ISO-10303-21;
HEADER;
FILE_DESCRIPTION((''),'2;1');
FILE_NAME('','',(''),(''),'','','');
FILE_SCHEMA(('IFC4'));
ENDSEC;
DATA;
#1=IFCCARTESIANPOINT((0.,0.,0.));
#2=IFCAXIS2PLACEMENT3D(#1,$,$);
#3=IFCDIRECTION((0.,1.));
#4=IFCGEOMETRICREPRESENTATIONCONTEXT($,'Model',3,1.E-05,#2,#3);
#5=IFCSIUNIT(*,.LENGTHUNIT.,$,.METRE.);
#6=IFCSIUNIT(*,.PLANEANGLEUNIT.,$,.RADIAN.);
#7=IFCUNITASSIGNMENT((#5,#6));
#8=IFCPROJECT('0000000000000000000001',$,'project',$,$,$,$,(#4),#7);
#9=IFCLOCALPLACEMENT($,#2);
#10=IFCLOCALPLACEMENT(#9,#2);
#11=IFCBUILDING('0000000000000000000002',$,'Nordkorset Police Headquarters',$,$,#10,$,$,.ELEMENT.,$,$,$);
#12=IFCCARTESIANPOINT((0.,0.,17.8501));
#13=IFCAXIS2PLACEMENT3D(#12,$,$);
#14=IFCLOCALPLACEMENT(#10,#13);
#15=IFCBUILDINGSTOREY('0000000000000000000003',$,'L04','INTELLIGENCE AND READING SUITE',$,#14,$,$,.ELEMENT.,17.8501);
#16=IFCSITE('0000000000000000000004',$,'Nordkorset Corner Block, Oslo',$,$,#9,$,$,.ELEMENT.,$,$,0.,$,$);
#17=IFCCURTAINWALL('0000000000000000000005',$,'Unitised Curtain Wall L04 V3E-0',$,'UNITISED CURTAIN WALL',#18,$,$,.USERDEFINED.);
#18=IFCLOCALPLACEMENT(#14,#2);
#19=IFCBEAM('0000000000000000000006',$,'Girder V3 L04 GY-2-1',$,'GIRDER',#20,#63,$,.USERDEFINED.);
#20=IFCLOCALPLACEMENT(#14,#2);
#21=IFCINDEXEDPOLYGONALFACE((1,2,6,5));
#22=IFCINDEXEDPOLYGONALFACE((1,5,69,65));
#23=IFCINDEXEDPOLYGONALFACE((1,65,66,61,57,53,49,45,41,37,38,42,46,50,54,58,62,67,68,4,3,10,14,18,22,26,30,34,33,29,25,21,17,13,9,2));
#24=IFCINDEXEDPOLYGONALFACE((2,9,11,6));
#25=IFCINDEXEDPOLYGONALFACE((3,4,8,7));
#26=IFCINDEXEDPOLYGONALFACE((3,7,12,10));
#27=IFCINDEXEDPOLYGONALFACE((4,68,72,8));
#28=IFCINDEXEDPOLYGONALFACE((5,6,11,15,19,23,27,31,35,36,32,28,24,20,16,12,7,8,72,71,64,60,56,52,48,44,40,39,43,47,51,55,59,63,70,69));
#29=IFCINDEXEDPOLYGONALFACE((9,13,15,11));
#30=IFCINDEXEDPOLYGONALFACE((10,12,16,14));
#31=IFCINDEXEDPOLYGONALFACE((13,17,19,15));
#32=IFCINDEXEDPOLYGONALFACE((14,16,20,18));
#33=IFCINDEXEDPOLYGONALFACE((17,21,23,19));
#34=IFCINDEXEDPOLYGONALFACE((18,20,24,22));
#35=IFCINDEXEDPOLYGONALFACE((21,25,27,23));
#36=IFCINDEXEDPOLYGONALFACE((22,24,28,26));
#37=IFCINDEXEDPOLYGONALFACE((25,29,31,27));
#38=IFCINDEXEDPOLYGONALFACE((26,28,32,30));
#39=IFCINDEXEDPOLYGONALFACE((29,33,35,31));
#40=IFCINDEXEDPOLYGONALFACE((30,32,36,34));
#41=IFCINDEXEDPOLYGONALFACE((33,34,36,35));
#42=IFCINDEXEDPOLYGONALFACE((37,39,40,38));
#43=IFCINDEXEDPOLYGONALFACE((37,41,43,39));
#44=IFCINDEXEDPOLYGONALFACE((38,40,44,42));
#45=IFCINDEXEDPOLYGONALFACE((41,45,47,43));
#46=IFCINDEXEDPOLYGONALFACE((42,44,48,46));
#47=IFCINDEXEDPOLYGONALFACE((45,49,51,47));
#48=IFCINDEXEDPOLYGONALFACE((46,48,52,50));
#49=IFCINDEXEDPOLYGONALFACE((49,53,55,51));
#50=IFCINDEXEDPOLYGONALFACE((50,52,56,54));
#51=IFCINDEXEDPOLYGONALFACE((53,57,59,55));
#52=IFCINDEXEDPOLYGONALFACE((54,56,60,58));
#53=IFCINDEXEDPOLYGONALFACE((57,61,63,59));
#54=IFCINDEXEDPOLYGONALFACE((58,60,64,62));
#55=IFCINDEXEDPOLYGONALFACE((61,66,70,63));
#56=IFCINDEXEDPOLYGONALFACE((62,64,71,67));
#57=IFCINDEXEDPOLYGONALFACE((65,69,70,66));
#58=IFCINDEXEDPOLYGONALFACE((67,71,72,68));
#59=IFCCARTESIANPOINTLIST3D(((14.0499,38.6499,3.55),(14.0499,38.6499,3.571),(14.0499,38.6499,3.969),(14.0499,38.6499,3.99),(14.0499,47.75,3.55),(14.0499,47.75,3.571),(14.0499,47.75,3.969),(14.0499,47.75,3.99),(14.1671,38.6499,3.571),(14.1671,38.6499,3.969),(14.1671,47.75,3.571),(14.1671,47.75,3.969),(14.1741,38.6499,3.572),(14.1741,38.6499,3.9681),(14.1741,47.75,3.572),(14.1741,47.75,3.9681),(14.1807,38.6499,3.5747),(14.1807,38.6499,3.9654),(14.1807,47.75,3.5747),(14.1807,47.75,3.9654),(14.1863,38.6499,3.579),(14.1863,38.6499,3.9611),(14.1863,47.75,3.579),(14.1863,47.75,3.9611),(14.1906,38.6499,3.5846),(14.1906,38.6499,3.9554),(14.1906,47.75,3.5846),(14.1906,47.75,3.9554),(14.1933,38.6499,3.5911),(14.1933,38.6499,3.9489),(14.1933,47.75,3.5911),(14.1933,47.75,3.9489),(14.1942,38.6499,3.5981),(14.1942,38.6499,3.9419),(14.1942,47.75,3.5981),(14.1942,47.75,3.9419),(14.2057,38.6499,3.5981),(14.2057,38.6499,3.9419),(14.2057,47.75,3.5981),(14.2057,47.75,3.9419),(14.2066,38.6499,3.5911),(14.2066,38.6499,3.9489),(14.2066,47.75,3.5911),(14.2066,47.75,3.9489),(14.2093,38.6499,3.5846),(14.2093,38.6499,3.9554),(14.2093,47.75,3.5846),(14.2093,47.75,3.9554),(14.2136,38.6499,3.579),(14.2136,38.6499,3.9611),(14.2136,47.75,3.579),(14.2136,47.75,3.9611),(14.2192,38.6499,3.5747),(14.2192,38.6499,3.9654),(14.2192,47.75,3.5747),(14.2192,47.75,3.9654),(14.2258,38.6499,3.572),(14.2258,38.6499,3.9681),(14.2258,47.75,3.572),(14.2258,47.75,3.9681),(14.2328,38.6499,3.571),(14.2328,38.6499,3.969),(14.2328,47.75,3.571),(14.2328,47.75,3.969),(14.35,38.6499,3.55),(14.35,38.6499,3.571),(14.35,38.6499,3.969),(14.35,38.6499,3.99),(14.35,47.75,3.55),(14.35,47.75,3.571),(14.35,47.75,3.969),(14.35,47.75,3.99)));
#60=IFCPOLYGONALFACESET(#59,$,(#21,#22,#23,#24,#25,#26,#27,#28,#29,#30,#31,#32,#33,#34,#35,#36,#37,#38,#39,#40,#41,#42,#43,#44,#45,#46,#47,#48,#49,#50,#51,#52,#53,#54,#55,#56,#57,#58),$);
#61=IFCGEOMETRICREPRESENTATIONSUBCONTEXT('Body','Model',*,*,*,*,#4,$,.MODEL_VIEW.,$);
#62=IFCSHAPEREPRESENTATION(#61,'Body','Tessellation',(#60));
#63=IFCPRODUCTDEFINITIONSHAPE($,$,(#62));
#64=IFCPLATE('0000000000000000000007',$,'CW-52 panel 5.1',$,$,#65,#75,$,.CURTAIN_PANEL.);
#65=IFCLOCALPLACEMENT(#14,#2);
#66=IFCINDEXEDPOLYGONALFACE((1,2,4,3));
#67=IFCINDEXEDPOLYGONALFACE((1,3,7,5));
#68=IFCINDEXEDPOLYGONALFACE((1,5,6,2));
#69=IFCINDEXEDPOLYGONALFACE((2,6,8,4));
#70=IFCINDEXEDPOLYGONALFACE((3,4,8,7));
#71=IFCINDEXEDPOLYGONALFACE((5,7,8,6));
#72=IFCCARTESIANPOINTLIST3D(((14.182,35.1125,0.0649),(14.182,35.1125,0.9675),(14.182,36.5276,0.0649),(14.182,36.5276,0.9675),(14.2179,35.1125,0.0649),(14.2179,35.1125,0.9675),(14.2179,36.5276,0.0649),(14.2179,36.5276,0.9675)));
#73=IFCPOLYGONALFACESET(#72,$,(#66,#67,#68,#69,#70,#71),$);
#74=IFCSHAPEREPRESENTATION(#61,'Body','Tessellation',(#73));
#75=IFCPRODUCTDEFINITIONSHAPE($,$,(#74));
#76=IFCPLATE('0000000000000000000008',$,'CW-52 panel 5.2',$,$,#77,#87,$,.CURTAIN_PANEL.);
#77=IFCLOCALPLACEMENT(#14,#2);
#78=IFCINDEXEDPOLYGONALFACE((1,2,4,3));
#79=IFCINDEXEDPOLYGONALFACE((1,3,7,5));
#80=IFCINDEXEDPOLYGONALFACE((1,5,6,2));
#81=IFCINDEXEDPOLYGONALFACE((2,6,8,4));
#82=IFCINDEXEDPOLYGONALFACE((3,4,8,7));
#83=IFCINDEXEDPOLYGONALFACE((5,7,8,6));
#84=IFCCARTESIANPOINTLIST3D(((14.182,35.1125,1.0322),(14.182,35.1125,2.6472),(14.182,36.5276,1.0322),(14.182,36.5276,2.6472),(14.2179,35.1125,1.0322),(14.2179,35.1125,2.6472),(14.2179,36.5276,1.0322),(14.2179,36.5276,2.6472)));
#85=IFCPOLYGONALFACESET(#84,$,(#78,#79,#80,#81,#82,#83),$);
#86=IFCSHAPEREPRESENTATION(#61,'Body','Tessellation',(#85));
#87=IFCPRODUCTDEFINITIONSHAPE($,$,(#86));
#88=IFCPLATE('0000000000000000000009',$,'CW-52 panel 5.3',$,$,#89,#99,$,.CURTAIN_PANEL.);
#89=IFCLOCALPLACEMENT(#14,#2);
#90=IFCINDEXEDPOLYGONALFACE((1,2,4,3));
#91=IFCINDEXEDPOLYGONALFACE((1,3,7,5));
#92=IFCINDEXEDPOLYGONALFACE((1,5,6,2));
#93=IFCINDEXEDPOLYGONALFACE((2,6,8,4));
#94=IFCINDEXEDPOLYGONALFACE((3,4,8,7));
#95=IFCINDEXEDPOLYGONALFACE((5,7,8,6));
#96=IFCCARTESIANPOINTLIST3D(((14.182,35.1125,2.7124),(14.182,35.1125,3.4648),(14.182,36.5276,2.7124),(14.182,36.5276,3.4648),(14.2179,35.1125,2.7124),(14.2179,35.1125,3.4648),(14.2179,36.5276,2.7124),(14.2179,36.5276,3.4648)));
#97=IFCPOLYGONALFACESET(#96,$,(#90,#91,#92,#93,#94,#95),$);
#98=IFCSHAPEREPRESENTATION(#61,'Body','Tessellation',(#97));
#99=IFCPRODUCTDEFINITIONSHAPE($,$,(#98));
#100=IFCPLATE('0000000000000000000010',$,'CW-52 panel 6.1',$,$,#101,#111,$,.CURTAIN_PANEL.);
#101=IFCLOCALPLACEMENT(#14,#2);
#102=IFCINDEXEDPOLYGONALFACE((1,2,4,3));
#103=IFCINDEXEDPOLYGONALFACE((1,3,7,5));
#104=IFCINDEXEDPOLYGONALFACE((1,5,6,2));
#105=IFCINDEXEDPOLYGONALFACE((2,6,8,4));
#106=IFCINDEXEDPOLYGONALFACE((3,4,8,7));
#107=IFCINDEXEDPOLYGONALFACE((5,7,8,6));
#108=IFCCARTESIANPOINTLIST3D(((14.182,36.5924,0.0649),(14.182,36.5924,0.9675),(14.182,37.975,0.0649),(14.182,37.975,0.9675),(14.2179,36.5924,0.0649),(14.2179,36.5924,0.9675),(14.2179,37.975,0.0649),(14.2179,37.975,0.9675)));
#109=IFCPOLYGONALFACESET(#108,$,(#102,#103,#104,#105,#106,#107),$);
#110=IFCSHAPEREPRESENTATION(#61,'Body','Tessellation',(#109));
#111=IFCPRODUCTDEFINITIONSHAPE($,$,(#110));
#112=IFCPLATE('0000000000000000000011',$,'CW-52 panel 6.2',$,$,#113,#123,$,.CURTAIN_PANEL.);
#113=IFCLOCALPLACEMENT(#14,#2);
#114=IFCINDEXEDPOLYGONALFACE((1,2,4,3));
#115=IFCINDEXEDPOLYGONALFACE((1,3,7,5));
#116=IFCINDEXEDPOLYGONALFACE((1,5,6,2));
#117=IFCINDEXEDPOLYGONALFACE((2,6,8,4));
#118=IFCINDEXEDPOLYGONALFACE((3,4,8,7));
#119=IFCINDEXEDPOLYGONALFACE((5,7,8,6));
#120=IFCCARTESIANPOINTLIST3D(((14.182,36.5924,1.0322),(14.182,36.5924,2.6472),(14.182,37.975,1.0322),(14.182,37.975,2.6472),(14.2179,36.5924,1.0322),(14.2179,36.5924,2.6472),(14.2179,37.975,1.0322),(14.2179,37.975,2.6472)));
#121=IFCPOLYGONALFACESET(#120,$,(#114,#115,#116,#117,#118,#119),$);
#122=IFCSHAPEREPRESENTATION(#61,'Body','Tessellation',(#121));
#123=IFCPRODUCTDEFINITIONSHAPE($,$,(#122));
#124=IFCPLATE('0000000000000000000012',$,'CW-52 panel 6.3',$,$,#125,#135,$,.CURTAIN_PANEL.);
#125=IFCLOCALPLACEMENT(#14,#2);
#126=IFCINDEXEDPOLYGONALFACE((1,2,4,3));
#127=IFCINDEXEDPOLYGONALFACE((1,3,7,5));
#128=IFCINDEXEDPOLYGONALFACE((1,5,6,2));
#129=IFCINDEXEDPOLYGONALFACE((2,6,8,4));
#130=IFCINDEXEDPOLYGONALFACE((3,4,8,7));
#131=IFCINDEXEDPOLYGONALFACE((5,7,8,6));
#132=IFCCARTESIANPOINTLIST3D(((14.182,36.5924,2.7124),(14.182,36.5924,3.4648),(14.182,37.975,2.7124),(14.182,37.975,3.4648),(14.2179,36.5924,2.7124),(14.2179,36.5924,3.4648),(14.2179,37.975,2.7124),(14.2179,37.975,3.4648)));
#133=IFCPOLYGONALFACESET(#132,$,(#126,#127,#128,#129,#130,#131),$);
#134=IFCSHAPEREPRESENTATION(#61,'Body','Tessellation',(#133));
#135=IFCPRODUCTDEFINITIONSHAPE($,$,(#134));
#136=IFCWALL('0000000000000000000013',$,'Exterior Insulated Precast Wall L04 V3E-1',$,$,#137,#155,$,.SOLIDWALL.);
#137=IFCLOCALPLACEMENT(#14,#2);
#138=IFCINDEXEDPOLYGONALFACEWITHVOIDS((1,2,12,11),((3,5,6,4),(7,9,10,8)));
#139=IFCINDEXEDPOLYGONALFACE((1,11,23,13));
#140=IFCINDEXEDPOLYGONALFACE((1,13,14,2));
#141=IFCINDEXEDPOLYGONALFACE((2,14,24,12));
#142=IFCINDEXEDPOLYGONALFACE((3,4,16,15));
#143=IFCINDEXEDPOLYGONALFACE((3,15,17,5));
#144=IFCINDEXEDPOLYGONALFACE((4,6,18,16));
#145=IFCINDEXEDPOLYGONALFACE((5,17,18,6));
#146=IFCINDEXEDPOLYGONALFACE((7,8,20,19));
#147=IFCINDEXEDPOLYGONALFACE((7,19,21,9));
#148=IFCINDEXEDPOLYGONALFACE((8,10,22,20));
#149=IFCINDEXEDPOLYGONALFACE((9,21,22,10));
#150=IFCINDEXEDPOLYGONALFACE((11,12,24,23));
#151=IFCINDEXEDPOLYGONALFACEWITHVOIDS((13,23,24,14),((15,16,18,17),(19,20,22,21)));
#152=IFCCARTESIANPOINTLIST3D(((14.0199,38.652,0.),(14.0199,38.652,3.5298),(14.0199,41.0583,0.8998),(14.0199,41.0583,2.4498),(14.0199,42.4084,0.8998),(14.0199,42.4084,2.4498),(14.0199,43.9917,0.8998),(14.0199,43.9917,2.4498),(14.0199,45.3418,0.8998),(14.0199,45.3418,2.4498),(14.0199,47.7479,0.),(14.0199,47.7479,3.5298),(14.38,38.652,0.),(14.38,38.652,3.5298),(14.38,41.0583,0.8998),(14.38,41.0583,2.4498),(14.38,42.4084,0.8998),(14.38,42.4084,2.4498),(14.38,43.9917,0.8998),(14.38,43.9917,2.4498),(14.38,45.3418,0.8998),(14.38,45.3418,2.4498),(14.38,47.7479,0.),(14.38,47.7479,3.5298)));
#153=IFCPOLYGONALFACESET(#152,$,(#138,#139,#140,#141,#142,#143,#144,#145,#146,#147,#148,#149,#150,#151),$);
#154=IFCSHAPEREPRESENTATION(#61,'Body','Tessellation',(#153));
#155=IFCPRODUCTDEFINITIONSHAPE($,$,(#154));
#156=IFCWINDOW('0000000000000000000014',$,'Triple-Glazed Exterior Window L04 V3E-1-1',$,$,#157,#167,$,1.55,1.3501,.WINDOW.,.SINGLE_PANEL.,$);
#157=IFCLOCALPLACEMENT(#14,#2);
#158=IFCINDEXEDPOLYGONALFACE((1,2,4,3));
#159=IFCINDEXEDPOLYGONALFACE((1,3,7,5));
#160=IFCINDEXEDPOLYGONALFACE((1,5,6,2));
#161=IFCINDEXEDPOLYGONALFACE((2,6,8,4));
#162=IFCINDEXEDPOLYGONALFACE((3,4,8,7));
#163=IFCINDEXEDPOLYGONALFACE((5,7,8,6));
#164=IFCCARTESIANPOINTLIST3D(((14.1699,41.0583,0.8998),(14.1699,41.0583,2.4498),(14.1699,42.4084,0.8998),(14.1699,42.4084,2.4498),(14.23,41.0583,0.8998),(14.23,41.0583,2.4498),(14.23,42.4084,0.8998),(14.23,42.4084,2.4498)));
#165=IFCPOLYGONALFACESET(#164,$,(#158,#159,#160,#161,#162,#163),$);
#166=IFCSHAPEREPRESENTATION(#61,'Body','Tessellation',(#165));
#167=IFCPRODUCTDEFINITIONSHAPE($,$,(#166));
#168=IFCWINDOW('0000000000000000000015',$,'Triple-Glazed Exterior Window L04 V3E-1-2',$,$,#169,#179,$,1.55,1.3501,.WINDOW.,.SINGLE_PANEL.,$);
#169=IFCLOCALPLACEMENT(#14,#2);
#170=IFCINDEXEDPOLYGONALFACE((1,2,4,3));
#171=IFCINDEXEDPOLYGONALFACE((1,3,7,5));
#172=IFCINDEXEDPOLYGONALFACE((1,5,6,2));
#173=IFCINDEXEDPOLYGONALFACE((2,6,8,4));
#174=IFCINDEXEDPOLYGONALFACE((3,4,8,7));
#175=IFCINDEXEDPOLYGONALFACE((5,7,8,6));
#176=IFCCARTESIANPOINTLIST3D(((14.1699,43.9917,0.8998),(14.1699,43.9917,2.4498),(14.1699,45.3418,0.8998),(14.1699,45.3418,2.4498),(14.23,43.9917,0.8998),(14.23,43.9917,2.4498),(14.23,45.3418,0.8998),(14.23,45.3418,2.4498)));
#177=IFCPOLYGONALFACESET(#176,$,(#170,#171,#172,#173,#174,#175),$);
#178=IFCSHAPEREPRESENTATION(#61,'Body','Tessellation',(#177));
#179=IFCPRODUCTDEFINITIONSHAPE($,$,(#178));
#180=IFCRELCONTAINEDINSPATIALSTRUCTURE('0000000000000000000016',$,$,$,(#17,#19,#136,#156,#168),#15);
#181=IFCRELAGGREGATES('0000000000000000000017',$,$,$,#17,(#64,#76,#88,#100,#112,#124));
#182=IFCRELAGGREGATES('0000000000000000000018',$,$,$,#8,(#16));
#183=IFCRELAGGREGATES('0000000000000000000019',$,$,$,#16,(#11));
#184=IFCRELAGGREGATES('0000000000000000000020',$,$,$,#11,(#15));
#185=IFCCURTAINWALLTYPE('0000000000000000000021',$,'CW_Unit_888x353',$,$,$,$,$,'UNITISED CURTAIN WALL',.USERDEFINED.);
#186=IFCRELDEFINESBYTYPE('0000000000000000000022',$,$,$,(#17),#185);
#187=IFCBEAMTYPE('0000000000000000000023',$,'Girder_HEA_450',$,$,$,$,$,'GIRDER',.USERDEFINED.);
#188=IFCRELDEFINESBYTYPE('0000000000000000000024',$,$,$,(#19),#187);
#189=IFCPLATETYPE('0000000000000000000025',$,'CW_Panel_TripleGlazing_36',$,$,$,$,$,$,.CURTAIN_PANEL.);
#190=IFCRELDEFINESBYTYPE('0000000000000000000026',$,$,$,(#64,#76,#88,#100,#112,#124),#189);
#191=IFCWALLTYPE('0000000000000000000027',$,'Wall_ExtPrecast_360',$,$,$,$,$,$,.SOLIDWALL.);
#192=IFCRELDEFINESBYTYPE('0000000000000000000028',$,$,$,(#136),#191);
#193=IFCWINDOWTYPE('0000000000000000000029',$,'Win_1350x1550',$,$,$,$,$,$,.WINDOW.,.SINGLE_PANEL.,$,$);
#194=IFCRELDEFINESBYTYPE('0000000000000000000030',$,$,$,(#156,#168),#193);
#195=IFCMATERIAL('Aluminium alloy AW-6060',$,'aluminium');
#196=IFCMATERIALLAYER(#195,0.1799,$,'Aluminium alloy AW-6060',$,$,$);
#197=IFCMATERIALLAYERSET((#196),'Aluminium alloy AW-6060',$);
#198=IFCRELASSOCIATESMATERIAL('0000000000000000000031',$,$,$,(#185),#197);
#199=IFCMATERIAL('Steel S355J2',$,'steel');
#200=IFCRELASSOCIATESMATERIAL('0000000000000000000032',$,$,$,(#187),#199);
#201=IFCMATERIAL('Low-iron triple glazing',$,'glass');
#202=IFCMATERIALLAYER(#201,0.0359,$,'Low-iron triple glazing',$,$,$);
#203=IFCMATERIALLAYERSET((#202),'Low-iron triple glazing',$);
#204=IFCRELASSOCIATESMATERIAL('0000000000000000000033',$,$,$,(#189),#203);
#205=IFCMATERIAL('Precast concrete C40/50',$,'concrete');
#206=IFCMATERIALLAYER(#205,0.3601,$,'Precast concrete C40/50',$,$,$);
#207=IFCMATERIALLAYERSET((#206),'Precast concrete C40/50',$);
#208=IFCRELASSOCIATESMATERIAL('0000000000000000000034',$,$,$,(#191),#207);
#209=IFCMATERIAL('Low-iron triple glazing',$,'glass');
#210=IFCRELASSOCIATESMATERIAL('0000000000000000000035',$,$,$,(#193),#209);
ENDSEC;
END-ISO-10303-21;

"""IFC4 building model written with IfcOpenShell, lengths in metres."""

from ifc_helpers import new_model, si_unit, direction, frame, frame_2d, origin, origin_2d, place, context, subcontext, project, spatial, rectangle, i_section, extrude, material, layer, layer_set, material_profile, profile_set, type_object, element, fill, aggregate, save


model = new_model("IFC4")

# Units and contexts
model_context = context("Model", 3, precision=1e-05, world=origin(), true_north=direction((0.0, 1.0)))
body_context = subcontext(model_context, "Body", "Model", "MODEL_VIEW")
ifc_project = project(units=[si_unit("LENGTHUNIT", "METRE"), si_unit("PLANEANGLEUNIT", "RADIAN")], contexts=[model_context])

# Site, building, storey
site_placement = place(None, origin())
site = spatial("IfcSite", under=ifc_project, at=site_placement, Name="Nordkorset Corner Block, Oslo", CompositionType="ELEMENT", RefElevation=0.0)
building_placement = place(site_placement, origin())
building = spatial("IfcBuilding", under=site, at=building_placement, Name="Nordkorset Police Headquarters", CompositionType="ELEMENT")
storey_placement = place(building_placement, frame((0.0, 0.0, 17.8501)))
storey = spatial("IfcBuildingStorey", under=building, at=storey_placement, Name="L04", Description="INTELLIGENCE AND READING SUITE", CompositionType="ELEMENT", Elevation=17.8501)

# Curtain wall
ifc_material_1 = material(Name="Aluminium alloy AW-6060", Category="aluminium")
ifc_layer_1 = layer(ifc_material_1, 0.1799, Name="Aluminium alloy AW-6060")
ifc_layer_set_1 = layer_set([ifc_layer_1], Name="Aluminium alloy AW-6060")
curtain_wall_type = type_object("IfcCurtainWallType", Name="CW_Unit_888x353", ElementType="UNITISED CURTAIN WALL", PredefinedType="USERDEFINED", material=ifc_layer_set_1)
curtain_wall_placement = place(storey_placement, origin())
curtain_wall = element("IfcCurtainWall", 1, at=curtain_wall_placement, inside=storey, type_object=curtain_wall_type, Name="Unitised Curtain Wall L04 V3E-0", ObjectType="UNITISED CURTAIN WALL", PredefinedType="USERDEFINED")

# Beam
ifc_material_2 = material(Name="Steel S355J2", Category="steel")
ifc_material_profile_1 = material_profile(ifc_material_2, i_section(OverallWidth=0.3, OverallDepth=0.4399, WebThickness=0.0115, FlangeThickness=0.021, FilletRadius=0.0271, at=origin_2d()), Name="HEA 450")
ifc_profile_set_1 = profile_set([ifc_material_profile_1], Name="Steel S355J2")
beam_type = type_object("IfcBeamType", Name="Girder_HEA_450", ElementType="GIRDER", PredefinedType="USERDEFINED", material=ifc_profile_set_1)
beam_placement = place(storey_placement, frame((14.2, 38.6499, 3.77), z_axis=(0.0, 1.0, 0.0), x_axis=(-1.0, 0.0, 0.0)))
element("IfcBeam", 2, at=beam_placement, inside=storey, type_object=beam_type, Name="Girder V3 L04 GY-2-1", ObjectType="GIRDER", PredefinedType="USERDEFINED", context=body_context, shape_type="SweptSolid", body=[
    extrude(i_section(OverallWidth=0.3, OverallDepth=0.4399, WebThickness=0.0115, FlangeThickness=0.021, FilletRadius=0.0271, at=origin_2d()), origin(), (0.0, 0.0, 1.0), 9.1001),
])

# Plates
ifc_material_3 = material(Name="Low-iron triple glazing", Category="glass")
ifc_layer_2 = layer(ifc_material_3, 0.0359, Name="Low-iron triple glazing")
ifc_layer_set_2 = layer_set([ifc_layer_2], Name="Low-iron triple glazing")
plate_type = type_object("IfcPlateType", Name="CW_Panel_TripleGlazing_36", PredefinedType="CURTAIN_PANEL", material=ifc_layer_set_2)
plate_1_placement = place(storey_placement, frame((14.2, 35.8201, 0.0649), z_axis=(0.0, 0.0, 1.0), x_axis=(0.0, 1.0, 0.0)))
plate_1 = element("IfcPlate", 3, at=plate_1_placement, type_object=plate_type, Name="CW-52 panel 5.1", PredefinedType="CURTAIN_PANEL", context=body_context, shape_type="SweptSolid", body=[
    extrude(rectangle(XDim=1.415, YDim=0.0359, at=origin_2d()), origin(), (0.0, 0.0, 1.0), 0.9026),
])
plate_2_placement = place(storey_placement, frame((14.2, 35.8201, 1.0322), z_axis=(0.0, 0.0, 1.0), x_axis=(0.0, 1.0, 0.0)))
plate_2 = element("IfcPlate", 4, at=plate_2_placement, type_object=plate_type, Name="CW-52 panel 5.2", PredefinedType="CURTAIN_PANEL", context=body_context, shape_type="SweptSolid", body=[
    extrude(rectangle(XDim=1.415, YDim=0.0359, at=origin_2d()), origin(), (0.0, 0.0, 1.0), 1.615),
])
plate_3_placement = place(storey_placement, frame((14.2, 35.8201, 2.7124), z_axis=(0.0, 0.0, 1.0), x_axis=(0.0, 1.0, 0.0)))
plate_3 = element("IfcPlate", 5, at=plate_3_placement, type_object=plate_type, Name="CW-52 panel 5.3", PredefinedType="CURTAIN_PANEL", context=body_context, shape_type="SweptSolid", body=[
    extrude(rectangle(XDim=1.415, YDim=0.0359, at=origin_2d()), origin(), (0.0, 0.0, 1.0), 0.7524),
])
plate_4_placement = place(storey_placement, frame((14.2, 37.2837, 0.0649), z_axis=(0.0, 0.0, 1.0), x_axis=(0.0, 1.0, 0.0)))
plate_4 = element("IfcPlate", 6, at=plate_4_placement, type_object=plate_type, Name="CW-52 panel 6.1", PredefinedType="CURTAIN_PANEL", context=body_context, shape_type="SweptSolid", body=[
    extrude(rectangle(XDim=1.3826, YDim=0.0359, at=origin_2d()), origin(), (0.0, 0.0, 1.0), 0.9026),
])
plate_5_placement = place(storey_placement, frame((14.2, 37.2837, 1.0322), z_axis=(0.0, 0.0, 1.0), x_axis=(0.0, 1.0, 0.0)))
plate_5 = element("IfcPlate", 7, at=plate_5_placement, type_object=plate_type, Name="CW-52 panel 6.2", PredefinedType="CURTAIN_PANEL", context=body_context, shape_type="SweptSolid", body=[
    extrude(rectangle(XDim=1.3826, YDim=0.0359, at=origin_2d()), origin(), (0.0, 0.0, 1.0), 1.615),
])
plate_6_placement = place(storey_placement, frame((14.2, 37.2837, 2.7124), z_axis=(0.0, 0.0, 1.0), x_axis=(0.0, 1.0, 0.0)))
plate_6 = element("IfcPlate", 8, at=plate_6_placement, type_object=plate_type, Name="CW-52 panel 6.3", PredefinedType="CURTAIN_PANEL", context=body_context, shape_type="SweptSolid", body=[
    extrude(rectangle(XDim=1.3826, YDim=0.0359, at=origin_2d()), origin(), (0.0, 0.0, 1.0), 0.7524),
])
aggregate(curtain_wall, [plate_1, plate_2, plate_3, plate_4, plate_5, plate_6])

# Wall, openings, windows
ifc_material_4 = material(Name="Precast concrete C40/50", Category="concrete")
ifc_layer_3 = layer(ifc_material_4, 0.3601, Name="Precast concrete C40/50")
ifc_layer_set_3 = layer_set([ifc_layer_3], Name="Precast concrete C40/50")
wall_type = type_object("IfcWallType", Name="Wall_ExtPrecast_360", PredefinedType="SOLIDWALL", material=ifc_layer_set_3)
wall_placement = place(storey_placement, frame((14.2, 38.6521, 0.0), z_axis=(0.0, 0.0, 1.0), x_axis=(0.0, 1.0, 0.0)))
wall = element("IfcWall", 9, at=wall_placement, inside=storey, type_object=wall_type, Name="Exterior Insulated Precast Wall L04 V3E-1", PredefinedType="SOLIDWALL", context=body_context, shape_type="SweptSolid", body=[
    extrude(rectangle(XDim=9.0959, YDim=0.3601, at=frame_2d((4.5479, 0.0))), origin(), (0.0, 0.0, 1.0), 3.5298),
])
opening_1_placement = place(wall_placement, frame((2.4062, 0.0, 0.8999)))
opening_1 = element("IfcOpeningElement", 10, at=opening_1_placement, cuts=wall, PredefinedType="OPENING", context=body_context, shape_type="SweptSolid", body=[
    extrude(rectangle(XDim=1.3501, YDim=1.55, at=frame_2d((0.675, 0.7749))), frame((0.0, 0.1899, 0.0), z_axis=(0.0, -1.0, 0.0), x_axis=(1.0, 0.0, 0.0)), (0.0, 0.0, 1.0), 0.3801),
])
opening_2_placement = place(wall_placement, frame((5.3396, 0.0, 0.8999)))
opening_2 = element("IfcOpeningElement", 11, at=opening_2_placement, cuts=wall, PredefinedType="OPENING", context=body_context, shape_type="SweptSolid", body=[
    extrude(rectangle(XDim=1.3501, YDim=1.55, at=frame_2d((0.675, 0.7749))), frame((0.0, 0.1899, 0.0), z_axis=(0.0, -1.0, 0.0), x_axis=(1.0, 0.0, 0.0)), (0.0, 0.0, 1.0), 0.3801),
])
ifc_material_5 = material(Name="Low-iron triple glazing", Category="glass")
window_type = type_object("IfcWindowType", Name="Win_1350x1550", PartitioningType="SINGLE_PANEL", PredefinedType="WINDOW", material=ifc_material_5)
window_1_placement = place(opening_1_placement, origin())
window_1 = element("IfcWindow", 12, at=window_1_placement, inside=storey, type_object=window_type, Name="Triple-Glazed Exterior Window L04 V3E-1-1", OverallHeight=1.55, OverallWidth=1.3501, PartitioningType="SINGLE_PANEL", PredefinedType="WINDOW", context=body_context, shape_type="SweptSolid", body=[
    extrude(rectangle(XDim=1.3501, YDim=1.55, at=frame_2d((0.675, 0.7749))), frame((0.0, 0.03, 0.0), z_axis=(0.0, -1.0, 0.0), x_axis=(1.0, 0.0, 0.0)), (0.0, 0.0, 1.0), 0.0601),
])
fill(opening_1, window_1)
window_2_placement = place(opening_2_placement, origin())
window_2 = element("IfcWindow", 13, at=window_2_placement, inside=storey, type_object=window_type, Name="Triple-Glazed Exterior Window L04 V3E-1-2", OverallHeight=1.55, OverallWidth=1.3501, PartitioningType="SINGLE_PANEL", PredefinedType="WINDOW", context=body_context, shape_type="SweptSolid", body=[
    extrude(rectangle(XDim=1.3501, YDim=1.55, at=frame_2d((0.675, 0.7749))), frame((0.0, 0.03, 0.0), z_axis=(0.0, -1.0, 0.0), x_axis=(1.0, 0.0, 0.0)), (0.0, 0.0, 1.0), 0.0601),
])
fill(opening_2, window_2)

save(model, "model.ifc")
